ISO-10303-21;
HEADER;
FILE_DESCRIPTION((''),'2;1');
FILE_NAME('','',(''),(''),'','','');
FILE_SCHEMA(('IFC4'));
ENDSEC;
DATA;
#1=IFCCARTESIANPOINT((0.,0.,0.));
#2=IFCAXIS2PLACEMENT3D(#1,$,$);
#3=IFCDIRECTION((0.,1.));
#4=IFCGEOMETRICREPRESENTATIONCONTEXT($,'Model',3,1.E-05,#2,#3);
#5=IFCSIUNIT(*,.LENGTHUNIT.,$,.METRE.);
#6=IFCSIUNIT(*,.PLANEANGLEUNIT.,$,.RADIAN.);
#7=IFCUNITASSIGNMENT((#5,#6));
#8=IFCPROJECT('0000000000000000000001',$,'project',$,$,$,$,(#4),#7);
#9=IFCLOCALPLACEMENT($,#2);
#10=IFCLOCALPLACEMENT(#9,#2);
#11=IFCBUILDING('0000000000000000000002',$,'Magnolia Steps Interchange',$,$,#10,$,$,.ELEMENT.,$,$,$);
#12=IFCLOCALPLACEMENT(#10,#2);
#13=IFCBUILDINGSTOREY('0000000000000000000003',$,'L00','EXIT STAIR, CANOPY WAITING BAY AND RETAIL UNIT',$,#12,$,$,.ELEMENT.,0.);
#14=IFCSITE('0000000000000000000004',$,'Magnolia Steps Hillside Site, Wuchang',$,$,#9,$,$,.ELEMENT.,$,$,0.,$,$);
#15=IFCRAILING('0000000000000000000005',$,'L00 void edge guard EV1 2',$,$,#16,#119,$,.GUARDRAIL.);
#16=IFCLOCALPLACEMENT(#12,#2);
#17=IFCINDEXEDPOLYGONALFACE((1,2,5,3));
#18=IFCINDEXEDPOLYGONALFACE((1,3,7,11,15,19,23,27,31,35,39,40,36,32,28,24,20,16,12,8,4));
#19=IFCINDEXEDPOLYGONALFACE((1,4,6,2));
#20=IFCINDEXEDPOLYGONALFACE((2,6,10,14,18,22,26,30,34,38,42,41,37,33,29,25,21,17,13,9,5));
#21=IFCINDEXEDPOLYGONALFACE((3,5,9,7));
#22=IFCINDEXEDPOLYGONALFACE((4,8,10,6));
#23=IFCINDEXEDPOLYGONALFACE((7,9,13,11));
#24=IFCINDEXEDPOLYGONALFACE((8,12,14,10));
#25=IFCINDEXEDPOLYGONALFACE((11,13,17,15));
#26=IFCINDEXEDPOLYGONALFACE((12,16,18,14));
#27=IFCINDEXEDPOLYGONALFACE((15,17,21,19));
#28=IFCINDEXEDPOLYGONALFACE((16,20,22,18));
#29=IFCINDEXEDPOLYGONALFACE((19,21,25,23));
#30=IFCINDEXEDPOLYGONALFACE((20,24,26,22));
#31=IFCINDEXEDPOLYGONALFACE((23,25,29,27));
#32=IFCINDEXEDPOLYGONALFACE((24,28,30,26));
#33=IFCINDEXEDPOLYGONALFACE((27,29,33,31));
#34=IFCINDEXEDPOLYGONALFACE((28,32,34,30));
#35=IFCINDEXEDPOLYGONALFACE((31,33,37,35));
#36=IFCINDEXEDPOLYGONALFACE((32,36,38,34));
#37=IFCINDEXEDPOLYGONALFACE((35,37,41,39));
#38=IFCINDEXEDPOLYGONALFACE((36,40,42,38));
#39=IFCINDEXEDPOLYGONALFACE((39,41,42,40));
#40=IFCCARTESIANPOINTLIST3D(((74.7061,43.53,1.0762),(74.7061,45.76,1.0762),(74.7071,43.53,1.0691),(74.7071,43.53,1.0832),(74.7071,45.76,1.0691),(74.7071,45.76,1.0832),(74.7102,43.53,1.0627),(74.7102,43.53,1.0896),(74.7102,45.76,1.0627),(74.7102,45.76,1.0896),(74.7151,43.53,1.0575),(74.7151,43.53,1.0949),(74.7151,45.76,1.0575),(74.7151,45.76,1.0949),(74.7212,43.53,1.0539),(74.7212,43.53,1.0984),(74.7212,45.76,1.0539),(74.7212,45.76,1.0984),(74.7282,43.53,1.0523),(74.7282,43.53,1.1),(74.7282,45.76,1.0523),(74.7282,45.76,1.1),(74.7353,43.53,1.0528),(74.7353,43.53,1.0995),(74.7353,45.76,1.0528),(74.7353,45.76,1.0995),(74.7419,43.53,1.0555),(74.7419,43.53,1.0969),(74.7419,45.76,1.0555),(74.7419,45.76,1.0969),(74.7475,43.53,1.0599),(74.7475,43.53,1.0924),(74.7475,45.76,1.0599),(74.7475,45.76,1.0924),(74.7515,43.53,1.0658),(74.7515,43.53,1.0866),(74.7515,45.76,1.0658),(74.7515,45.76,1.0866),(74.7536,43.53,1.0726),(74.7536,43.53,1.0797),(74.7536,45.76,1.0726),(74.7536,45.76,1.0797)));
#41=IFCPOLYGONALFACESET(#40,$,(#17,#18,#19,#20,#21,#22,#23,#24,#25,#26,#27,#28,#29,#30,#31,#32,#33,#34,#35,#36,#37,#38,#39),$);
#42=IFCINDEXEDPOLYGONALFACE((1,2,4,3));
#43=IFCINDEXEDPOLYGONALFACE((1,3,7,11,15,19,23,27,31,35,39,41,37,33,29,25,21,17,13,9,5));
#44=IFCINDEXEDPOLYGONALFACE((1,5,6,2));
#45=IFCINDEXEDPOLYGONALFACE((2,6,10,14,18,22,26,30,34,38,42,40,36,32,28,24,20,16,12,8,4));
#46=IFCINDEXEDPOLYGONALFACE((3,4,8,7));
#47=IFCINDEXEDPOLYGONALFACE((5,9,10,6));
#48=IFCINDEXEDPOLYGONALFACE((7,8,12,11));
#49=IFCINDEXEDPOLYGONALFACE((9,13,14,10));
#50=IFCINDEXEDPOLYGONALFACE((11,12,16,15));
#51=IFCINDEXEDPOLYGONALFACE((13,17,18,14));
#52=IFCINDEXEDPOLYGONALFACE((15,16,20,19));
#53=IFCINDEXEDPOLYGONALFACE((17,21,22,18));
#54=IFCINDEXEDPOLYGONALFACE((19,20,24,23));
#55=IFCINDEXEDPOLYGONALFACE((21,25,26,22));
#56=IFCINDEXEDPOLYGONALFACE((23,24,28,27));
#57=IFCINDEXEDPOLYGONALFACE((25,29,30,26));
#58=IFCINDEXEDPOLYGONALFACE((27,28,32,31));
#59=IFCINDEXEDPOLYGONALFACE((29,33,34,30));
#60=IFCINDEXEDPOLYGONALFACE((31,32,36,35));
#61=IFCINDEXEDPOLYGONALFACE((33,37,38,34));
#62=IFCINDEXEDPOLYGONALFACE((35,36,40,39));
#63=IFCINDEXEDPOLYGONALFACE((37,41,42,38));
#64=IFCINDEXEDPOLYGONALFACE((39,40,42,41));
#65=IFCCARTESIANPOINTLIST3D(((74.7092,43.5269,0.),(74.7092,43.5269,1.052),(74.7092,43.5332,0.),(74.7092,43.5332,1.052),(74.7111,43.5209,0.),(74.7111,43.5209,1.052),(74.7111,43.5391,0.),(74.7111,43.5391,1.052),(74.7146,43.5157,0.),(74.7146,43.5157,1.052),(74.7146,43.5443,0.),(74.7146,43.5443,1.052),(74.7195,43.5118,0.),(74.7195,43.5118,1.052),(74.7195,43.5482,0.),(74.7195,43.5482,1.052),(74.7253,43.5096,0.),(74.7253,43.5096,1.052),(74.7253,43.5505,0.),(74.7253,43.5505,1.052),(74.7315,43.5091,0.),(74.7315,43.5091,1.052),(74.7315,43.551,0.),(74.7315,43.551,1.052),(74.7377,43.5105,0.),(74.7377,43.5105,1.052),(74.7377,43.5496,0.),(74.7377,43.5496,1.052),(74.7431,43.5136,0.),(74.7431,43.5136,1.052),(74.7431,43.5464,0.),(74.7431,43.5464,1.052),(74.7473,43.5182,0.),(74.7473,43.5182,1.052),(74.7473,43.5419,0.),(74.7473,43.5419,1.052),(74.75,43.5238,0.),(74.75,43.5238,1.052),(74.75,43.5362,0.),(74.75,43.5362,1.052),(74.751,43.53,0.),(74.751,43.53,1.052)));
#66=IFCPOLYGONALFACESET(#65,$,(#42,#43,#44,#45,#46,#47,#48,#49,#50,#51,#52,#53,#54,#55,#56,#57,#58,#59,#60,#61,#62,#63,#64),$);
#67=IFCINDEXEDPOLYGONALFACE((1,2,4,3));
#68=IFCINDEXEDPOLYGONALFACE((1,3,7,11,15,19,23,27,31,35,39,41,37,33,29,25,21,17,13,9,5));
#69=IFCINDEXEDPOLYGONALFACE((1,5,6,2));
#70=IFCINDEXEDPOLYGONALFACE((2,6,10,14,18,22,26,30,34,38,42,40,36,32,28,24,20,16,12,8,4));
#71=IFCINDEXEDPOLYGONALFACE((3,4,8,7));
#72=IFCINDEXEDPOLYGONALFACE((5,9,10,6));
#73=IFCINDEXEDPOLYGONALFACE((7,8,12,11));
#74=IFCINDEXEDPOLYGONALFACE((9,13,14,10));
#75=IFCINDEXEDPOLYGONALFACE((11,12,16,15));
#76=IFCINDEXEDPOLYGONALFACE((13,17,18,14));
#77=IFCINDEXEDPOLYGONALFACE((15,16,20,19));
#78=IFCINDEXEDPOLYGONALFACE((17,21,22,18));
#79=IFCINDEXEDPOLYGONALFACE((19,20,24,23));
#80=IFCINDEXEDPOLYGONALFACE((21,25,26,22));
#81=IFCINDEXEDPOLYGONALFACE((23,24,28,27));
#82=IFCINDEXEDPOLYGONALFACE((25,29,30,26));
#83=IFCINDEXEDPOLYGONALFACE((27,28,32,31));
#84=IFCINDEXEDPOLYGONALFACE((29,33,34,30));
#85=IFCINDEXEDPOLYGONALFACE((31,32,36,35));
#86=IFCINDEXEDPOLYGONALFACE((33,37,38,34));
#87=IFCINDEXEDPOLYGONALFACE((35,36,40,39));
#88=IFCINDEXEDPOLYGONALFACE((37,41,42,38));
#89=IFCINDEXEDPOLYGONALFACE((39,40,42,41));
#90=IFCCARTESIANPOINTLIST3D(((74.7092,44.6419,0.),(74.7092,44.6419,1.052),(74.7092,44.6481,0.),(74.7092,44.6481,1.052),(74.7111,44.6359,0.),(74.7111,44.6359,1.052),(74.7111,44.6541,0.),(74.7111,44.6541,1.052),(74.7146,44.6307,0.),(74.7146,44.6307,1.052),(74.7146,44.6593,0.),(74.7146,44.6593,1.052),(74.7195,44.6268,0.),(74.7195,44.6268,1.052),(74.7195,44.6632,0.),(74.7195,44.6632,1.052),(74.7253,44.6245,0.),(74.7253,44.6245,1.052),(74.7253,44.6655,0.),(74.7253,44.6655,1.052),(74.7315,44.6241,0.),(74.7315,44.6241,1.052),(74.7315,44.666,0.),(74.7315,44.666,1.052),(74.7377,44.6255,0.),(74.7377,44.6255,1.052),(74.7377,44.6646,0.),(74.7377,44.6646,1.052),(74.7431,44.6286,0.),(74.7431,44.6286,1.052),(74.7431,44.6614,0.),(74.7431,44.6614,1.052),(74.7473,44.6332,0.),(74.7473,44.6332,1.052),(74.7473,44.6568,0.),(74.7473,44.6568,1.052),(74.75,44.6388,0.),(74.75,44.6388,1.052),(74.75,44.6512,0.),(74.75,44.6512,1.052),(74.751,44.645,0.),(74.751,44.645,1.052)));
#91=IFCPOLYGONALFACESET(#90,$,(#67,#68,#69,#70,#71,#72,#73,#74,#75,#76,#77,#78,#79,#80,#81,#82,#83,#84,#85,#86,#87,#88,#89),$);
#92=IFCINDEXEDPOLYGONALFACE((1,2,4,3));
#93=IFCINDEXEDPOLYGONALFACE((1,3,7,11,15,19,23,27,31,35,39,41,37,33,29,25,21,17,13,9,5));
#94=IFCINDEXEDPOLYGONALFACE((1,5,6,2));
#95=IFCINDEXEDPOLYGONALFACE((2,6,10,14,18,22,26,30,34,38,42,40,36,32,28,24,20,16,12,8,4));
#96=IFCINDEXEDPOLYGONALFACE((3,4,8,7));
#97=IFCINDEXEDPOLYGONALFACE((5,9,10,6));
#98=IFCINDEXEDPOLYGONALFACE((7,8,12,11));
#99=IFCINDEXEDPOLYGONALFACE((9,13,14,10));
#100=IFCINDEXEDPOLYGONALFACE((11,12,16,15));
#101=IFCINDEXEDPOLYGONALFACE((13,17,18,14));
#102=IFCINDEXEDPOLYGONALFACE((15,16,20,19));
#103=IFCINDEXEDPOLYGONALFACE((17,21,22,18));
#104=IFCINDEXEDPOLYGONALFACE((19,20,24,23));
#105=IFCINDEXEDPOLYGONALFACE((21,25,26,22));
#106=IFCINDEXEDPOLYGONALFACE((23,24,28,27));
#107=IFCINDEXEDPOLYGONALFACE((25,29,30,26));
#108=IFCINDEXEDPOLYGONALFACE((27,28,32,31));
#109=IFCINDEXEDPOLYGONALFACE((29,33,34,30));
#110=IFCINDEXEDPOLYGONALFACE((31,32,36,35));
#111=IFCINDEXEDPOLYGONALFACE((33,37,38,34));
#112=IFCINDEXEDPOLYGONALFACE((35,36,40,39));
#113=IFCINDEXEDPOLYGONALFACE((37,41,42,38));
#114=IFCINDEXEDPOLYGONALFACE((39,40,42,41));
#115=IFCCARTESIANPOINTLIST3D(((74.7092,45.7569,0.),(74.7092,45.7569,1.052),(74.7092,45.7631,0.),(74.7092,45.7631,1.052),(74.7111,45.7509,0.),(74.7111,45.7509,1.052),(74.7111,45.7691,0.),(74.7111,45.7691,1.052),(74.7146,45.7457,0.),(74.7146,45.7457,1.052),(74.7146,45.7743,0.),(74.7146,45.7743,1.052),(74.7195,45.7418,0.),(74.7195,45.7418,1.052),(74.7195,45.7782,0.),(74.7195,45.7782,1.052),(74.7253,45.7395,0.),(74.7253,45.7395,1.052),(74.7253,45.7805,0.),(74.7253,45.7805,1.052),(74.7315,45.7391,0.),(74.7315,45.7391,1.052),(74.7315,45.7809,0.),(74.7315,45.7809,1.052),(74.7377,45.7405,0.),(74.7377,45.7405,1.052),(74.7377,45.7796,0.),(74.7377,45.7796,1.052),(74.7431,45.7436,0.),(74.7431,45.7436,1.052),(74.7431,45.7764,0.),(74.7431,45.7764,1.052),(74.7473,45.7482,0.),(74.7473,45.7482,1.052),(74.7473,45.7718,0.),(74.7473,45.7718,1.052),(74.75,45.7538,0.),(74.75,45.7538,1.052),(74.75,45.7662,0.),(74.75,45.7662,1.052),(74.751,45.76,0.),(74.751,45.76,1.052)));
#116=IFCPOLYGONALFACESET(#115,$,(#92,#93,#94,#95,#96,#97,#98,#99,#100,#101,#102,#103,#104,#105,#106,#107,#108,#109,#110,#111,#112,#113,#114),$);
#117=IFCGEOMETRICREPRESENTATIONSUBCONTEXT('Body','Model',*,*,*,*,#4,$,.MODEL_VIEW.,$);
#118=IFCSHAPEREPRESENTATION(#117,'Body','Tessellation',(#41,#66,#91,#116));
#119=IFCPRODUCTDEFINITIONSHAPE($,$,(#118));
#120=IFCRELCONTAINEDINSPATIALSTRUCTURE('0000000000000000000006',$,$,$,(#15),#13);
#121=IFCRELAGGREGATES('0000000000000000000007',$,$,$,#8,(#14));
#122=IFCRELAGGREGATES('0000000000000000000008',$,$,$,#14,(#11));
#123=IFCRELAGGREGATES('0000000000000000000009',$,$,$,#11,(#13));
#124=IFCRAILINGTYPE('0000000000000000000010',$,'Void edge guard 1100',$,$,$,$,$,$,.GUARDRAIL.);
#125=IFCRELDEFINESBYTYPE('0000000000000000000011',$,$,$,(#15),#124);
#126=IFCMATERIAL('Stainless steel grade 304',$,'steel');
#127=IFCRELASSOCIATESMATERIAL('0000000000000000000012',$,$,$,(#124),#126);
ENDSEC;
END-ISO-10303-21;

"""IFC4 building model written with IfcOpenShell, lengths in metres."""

from ifc_helpers import new_model, si_unit, direction, frame, origin, origin_2d, place, context, subcontext, project, spatial, circle, extrude, material, type_object, element, save


model = new_model("IFC4")

# Units and contexts
model_context = context("Model", 3, precision=1e-05, world=origin(), true_north=direction((0.0, 1.0)))
body_context = subcontext(model_context, "Body", "Model", "MODEL_VIEW")
ifc_project = project(units=[si_unit("LENGTHUNIT", "METRE"), si_unit("PLANEANGLEUNIT", "RADIAN")], contexts=[model_context])

# Site, building, storey
site_placement = place(None, origin())
site = spatial("IfcSite", under=ifc_project, at=site_placement, Name="Magnolia Steps Hillside Site, Wuchang", CompositionType="ELEMENT", RefElevation=0.0)
building_placement = place(site_placement, origin())
building = spatial("IfcBuilding", under=site, at=building_placement, Name="Magnolia Steps Interchange", CompositionType="ELEMENT")
storey_placement = place(building_placement, origin())
storey = spatial("IfcBuildingStorey", under=building, at=storey_placement, Name="L00", Description="EXIT STAIR, CANOPY WAITING BAY AND RETAIL UNIT", CompositionType="ELEMENT", Elevation=0.0)

# Railing
ifc_material_1 = material(Name="Stainless steel grade 304", Category="steel")
railing_type_1 = type_object("IfcRailingType", Name="Void edge guard 1100", PredefinedType="GUARDRAIL", material=ifc_material_1)
railing_1_placement = place(storey_placement, frame((74.73, 43.53, 0.0)))
element("IfcRailing", 1, at=railing_1_placement, inside=storey, type_object=railing_type_1, Name="L00 void edge guard EV1 2", PredefinedType="GUARDRAIL", context=body_context, shape_type="SweptSolid", body=[
    extrude(circle(Radius=0.0239, at=origin_2d()), frame((0.0, 0.0, 1.0762), z_axis=(0.0, 1.0, 0.0), x_axis=(-1.0, 0.0, 0.0)), (0.0, 0.0, 1.0), 2.23),
    extrude(circle(Radius=0.021, at=origin_2d()), origin(), (0.0, 0.0, 1.0), 1.052),
    extrude(circle(Radius=0.021, at=origin_2d()), frame((0.0, 1.115, 0.0)), (0.0, 0.0, 1.0), 1.052),
    extrude(circle(Radius=0.021, at=origin_2d()), frame((0.0, 2.23, 0.0)), (0.0, 0.0, 1.0), 1.052),
])

save(model, "model.ifc")
